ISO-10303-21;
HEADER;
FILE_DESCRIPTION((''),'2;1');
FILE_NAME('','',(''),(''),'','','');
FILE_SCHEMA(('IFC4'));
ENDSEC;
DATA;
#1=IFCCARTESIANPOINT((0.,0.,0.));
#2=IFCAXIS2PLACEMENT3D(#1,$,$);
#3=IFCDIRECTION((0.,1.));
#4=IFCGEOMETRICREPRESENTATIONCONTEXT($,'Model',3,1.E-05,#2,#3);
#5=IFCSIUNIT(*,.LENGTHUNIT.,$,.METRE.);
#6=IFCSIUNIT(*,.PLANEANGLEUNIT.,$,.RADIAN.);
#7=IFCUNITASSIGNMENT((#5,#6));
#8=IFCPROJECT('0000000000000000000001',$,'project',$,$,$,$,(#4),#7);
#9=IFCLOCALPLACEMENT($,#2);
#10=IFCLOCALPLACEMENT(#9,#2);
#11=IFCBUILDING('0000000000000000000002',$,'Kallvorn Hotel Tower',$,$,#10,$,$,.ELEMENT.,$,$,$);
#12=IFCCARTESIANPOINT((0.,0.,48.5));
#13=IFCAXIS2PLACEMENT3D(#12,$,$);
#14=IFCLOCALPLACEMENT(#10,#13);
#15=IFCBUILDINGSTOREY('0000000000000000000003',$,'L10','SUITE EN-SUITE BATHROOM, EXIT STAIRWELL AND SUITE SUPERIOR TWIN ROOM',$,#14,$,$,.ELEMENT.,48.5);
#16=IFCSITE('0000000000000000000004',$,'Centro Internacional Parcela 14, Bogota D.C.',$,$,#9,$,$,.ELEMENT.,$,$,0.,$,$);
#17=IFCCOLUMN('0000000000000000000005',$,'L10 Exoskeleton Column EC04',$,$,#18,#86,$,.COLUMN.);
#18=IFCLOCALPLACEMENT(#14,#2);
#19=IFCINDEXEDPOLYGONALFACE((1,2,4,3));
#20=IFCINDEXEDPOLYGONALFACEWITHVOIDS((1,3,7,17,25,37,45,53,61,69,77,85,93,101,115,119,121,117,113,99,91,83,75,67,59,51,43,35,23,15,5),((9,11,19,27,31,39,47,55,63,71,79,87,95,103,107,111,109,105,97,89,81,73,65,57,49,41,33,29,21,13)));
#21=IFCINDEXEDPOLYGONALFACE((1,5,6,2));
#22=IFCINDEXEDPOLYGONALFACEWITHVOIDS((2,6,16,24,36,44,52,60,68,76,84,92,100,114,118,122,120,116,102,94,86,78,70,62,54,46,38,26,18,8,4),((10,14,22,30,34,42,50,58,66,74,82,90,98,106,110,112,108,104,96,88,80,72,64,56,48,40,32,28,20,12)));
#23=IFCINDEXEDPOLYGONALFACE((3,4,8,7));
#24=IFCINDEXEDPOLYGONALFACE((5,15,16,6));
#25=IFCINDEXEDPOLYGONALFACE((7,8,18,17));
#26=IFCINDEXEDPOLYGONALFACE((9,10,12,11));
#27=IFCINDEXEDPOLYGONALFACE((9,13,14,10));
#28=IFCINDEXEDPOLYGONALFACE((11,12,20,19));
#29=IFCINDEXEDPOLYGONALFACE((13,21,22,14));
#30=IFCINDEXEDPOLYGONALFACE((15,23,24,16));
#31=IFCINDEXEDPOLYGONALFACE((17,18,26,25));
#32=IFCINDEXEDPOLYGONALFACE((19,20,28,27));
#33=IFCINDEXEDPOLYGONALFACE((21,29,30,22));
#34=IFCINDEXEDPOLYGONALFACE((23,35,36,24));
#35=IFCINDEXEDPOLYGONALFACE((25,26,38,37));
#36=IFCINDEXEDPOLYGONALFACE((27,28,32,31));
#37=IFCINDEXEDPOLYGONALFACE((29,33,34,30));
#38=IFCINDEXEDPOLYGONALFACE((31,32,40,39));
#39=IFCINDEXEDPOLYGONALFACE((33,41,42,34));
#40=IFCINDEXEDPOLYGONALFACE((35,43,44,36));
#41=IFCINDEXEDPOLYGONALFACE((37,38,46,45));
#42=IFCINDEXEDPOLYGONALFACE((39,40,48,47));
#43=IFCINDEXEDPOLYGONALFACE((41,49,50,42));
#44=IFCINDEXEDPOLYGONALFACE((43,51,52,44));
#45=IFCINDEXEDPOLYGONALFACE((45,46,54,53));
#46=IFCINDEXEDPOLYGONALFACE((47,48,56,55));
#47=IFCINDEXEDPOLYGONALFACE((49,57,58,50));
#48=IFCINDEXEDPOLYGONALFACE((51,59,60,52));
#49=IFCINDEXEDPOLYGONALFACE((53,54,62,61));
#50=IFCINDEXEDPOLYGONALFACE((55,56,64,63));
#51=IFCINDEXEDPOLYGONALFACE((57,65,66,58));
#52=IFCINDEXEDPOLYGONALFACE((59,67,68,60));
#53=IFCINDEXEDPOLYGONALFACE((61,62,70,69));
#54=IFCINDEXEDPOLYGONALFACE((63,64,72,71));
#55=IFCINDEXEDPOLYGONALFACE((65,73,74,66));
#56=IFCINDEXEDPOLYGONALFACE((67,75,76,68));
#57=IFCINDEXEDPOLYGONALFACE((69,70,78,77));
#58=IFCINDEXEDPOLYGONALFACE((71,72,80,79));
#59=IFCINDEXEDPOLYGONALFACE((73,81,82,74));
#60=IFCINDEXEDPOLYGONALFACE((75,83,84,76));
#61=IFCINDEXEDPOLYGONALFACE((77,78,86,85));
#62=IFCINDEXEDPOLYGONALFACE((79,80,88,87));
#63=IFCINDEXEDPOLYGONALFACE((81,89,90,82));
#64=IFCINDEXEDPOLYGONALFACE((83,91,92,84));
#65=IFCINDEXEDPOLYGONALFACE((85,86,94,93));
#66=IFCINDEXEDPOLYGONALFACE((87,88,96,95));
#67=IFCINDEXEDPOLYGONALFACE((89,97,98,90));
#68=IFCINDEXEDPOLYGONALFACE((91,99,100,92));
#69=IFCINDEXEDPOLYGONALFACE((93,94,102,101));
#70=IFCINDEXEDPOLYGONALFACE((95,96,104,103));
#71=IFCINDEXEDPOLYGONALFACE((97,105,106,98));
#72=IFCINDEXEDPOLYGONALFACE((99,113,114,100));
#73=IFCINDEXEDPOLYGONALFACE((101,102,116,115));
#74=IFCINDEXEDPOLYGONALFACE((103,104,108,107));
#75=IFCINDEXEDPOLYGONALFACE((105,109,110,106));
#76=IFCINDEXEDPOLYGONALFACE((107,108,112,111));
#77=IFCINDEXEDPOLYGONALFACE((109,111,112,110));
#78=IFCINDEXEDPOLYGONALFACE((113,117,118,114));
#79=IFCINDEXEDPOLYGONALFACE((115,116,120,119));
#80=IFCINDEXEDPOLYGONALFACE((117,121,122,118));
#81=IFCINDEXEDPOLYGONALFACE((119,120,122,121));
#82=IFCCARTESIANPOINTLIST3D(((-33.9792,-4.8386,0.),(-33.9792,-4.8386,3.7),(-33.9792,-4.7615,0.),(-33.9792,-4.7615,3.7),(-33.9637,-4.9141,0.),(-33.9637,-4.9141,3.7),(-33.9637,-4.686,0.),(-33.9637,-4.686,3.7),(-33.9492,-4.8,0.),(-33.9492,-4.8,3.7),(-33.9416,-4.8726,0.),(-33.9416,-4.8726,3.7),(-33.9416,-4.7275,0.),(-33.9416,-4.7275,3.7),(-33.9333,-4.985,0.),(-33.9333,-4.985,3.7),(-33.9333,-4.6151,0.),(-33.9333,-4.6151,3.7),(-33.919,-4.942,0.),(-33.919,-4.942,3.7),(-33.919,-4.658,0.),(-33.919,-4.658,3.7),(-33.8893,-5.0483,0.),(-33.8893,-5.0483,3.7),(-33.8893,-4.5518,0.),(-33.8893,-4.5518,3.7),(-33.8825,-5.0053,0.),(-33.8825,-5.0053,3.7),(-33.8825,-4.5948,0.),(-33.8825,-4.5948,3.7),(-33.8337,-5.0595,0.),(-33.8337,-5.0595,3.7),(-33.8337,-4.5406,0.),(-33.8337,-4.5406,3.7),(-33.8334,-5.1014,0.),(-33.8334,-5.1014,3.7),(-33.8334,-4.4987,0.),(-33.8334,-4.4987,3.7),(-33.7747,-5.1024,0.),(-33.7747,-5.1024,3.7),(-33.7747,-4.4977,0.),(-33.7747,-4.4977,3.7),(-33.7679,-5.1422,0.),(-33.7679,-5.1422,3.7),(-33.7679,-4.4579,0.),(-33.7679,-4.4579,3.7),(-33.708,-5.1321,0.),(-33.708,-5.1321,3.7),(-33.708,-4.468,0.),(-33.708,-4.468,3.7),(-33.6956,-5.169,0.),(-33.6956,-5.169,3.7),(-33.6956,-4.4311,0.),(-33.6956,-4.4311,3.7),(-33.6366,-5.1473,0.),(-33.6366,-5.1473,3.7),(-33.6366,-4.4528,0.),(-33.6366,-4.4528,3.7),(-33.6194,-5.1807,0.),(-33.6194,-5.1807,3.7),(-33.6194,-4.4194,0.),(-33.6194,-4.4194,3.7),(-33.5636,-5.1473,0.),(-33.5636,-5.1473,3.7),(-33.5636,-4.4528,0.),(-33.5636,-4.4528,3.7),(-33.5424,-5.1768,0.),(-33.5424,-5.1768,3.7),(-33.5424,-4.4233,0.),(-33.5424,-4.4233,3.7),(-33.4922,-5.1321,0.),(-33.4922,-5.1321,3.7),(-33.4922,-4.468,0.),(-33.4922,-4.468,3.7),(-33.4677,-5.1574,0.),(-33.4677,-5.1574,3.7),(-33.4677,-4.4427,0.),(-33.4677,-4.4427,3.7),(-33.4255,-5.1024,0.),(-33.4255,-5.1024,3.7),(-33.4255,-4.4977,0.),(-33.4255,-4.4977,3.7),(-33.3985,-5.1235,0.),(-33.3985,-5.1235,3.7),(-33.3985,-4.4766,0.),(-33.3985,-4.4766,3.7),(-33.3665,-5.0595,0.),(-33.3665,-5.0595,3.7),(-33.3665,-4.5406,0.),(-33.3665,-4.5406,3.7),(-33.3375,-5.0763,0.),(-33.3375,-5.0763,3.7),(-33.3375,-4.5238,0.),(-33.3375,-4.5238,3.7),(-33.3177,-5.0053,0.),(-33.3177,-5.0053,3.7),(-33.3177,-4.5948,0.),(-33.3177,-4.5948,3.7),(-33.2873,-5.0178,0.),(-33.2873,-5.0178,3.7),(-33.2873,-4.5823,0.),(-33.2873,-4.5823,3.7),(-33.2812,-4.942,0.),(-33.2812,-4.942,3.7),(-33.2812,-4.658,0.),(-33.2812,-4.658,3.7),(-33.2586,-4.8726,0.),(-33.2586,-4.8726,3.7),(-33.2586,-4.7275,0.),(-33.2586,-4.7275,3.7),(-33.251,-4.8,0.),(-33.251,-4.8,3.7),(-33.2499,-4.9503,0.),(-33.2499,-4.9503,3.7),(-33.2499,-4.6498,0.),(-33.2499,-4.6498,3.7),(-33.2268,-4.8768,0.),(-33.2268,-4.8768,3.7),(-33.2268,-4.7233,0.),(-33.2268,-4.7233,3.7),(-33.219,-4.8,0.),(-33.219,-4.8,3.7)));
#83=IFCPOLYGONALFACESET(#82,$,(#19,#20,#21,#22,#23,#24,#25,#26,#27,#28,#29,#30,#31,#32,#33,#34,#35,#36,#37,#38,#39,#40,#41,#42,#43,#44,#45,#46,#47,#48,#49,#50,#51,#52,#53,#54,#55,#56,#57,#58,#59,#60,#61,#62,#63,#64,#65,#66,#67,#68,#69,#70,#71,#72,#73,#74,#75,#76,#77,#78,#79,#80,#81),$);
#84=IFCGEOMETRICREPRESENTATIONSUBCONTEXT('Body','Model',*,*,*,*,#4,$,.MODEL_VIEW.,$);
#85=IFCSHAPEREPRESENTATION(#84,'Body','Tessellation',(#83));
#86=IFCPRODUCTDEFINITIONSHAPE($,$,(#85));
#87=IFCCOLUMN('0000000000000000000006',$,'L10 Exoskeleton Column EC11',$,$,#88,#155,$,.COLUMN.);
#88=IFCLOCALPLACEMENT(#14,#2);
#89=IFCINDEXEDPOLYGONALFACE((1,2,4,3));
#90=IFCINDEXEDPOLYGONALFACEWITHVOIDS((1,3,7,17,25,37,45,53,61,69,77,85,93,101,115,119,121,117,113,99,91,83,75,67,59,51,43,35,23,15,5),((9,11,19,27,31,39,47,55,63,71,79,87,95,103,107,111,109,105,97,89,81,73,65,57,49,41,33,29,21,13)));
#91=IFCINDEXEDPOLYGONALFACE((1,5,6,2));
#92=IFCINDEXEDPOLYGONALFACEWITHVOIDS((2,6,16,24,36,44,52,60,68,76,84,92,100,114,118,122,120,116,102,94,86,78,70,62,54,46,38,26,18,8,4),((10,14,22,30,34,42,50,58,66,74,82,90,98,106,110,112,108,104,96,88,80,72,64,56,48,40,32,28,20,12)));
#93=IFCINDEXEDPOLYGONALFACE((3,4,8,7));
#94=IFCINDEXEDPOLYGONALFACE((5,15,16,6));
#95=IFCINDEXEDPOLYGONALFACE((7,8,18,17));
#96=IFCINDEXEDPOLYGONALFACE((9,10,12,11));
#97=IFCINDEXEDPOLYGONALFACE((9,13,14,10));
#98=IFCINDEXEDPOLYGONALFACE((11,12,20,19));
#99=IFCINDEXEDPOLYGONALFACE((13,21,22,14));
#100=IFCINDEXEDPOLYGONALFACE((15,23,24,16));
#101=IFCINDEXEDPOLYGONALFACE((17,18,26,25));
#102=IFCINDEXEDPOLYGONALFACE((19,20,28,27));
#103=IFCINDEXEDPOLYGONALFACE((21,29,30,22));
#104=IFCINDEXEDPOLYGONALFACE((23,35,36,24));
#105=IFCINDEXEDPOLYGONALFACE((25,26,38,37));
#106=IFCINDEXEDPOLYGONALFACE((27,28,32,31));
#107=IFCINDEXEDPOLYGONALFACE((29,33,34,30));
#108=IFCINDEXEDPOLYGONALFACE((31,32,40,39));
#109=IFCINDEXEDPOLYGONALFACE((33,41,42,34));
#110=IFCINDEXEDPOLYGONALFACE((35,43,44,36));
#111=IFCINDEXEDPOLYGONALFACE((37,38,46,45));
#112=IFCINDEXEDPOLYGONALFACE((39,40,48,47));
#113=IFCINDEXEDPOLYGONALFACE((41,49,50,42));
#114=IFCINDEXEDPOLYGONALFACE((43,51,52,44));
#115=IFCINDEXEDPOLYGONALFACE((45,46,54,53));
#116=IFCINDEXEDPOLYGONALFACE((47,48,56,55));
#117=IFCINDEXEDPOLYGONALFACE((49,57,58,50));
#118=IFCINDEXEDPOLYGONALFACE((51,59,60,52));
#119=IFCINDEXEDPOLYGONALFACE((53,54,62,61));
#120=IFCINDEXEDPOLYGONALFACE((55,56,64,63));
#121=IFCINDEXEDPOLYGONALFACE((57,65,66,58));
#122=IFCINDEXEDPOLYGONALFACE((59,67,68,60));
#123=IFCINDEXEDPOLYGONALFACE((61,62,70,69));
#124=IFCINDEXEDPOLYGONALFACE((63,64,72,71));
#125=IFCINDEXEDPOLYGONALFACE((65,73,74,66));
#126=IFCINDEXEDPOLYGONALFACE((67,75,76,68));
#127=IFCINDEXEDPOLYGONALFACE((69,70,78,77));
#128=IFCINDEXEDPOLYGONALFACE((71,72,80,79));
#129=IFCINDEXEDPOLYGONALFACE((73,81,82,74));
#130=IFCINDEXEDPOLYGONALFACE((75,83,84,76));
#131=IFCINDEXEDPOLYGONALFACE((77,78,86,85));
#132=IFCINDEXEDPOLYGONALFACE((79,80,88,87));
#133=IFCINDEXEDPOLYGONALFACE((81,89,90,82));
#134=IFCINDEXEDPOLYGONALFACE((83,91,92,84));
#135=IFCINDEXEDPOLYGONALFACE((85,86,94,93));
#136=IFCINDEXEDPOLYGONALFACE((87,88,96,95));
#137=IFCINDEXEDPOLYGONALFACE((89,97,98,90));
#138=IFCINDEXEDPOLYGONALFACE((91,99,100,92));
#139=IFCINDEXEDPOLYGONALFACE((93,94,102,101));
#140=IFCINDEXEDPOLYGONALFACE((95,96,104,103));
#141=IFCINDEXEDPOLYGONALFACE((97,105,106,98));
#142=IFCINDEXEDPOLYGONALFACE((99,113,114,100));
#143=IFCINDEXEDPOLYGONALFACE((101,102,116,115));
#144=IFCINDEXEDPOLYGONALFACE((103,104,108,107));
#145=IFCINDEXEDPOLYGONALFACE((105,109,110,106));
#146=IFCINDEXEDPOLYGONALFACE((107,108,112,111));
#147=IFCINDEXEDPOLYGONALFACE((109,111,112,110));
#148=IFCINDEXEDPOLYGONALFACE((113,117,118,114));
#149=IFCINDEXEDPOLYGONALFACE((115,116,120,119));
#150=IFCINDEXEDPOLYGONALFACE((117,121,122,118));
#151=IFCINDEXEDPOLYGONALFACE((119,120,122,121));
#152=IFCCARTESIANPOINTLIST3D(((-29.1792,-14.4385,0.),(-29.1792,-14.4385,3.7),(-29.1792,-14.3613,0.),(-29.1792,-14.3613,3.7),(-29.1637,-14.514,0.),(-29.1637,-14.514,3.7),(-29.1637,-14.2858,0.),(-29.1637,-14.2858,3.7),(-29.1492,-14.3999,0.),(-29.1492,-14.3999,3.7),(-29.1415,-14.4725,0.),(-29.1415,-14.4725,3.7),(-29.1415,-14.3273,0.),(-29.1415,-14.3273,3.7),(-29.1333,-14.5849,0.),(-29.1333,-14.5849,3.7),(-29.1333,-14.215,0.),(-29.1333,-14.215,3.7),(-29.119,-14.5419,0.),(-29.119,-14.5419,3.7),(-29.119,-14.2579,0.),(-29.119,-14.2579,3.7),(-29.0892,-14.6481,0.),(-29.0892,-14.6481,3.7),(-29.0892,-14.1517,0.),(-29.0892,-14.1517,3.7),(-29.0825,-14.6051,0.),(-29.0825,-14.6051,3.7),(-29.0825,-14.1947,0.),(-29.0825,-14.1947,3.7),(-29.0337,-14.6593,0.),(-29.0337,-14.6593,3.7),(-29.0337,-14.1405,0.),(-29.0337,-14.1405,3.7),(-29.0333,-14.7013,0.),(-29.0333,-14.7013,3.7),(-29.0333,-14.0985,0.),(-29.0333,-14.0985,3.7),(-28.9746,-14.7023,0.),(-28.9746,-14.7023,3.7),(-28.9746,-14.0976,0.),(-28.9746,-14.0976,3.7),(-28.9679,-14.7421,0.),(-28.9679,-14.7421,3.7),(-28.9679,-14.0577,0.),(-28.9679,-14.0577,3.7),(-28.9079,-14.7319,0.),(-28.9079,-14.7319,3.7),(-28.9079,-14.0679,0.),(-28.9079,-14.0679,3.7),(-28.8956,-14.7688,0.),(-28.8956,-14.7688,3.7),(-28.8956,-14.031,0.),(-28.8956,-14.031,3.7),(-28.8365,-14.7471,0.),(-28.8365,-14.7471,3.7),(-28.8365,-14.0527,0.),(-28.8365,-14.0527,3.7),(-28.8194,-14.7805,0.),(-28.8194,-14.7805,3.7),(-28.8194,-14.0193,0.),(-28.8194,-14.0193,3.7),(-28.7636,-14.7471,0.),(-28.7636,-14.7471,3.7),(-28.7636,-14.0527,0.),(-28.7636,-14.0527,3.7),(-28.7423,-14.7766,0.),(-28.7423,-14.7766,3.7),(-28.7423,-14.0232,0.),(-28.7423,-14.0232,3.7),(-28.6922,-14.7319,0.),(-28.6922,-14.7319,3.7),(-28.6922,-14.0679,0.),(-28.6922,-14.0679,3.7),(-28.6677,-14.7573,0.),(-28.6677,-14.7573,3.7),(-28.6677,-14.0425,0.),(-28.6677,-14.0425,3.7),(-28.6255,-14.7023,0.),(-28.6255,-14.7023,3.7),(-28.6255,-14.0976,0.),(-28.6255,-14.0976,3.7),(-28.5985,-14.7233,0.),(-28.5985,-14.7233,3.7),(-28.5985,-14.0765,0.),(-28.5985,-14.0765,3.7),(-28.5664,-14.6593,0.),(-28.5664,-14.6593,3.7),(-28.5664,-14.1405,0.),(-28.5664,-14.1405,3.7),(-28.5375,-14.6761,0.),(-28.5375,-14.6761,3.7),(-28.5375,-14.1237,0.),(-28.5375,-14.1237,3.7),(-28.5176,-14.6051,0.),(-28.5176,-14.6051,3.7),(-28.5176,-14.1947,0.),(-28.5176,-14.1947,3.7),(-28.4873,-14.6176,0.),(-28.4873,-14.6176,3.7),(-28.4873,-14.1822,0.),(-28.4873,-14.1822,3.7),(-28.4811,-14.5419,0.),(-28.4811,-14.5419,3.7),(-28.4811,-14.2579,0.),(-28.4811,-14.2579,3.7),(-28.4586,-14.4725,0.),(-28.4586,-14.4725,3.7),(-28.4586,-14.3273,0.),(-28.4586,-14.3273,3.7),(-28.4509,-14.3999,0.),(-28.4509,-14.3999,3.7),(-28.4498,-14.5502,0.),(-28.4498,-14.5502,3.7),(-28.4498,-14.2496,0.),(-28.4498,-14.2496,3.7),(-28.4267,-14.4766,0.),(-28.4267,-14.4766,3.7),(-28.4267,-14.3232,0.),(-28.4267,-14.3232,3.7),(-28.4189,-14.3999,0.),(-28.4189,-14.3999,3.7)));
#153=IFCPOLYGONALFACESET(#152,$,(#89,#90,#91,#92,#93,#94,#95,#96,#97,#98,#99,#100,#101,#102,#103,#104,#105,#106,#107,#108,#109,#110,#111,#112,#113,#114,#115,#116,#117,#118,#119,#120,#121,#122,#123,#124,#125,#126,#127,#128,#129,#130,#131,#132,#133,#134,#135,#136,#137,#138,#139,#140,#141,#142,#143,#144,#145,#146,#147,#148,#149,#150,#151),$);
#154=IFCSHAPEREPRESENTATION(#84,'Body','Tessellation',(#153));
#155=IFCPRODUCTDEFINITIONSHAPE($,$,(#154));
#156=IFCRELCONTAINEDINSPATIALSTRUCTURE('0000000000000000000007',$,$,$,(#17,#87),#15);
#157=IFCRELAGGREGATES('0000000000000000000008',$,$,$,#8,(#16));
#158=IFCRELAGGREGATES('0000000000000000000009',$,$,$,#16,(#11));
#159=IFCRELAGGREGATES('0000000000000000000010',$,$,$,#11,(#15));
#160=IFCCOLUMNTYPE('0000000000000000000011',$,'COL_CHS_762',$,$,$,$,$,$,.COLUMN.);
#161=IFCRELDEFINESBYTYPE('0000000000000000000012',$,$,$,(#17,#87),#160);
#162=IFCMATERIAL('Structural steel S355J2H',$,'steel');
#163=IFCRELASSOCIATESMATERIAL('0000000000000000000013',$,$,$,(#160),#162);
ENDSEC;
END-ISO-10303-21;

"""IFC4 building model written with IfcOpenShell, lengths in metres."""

from ifc_helpers import new_model, si_unit, direction, frame, origin, origin_2d, place, context, subcontext, project, spatial, hollow_circle, extrude, material, material_profile, profile_set, type_object, element, save


model = new_model("IFC4")

# Units and contexts
model_context = context("Model", 3, precision=1e-05, world=origin(), true_north=direction((0.0, 1.0)))
body_context = subcontext(model_context, "Body", "Model", "MODEL_VIEW")
ifc_project = project(units=[si_unit("LENGTHUNIT", "METRE"), si_unit("PLANEANGLEUNIT", "RADIAN")], contexts=[model_context])

# Site, building, storey
site_placement = place(None, origin())
site = spatial("IfcSite", under=ifc_project, at=site_placement, Name="Centro Internacional Parcela 14, Bogota D.C.", CompositionType="ELEMENT", RefElevation=0.0)
building_placement = place(site_placement, origin())
building = spatial("IfcBuilding", under=site, at=building_placement, Name="Kallvorn Hotel Tower", CompositionType="ELEMENT")
storey_placement = place(building_placement, frame((0.0, 0.0, 48.5)))
storey = spatial("IfcBuildingStorey", under=building, at=storey_placement, Name="L10", Description="SUITE EN-SUITE BATHROOM, EXIT STAIRWELL AND SUITE SUPERIOR TWIN ROOM", CompositionType="ELEMENT", Elevation=48.5)

# Columns
ifc_material_1 = material(Name="Structural steel S355J2H", Category="steel")
ifc_material_profile_1 = material_profile(ifc_material_1, hollow_circle(Radius=0.3811, WallThickness=0.032, at=origin_2d()), Name="CHS 762x32")
ifc_profile_set_1 = profile_set([ifc_material_profile_1], Name="Structural steel S355J2H")
column_type = type_object("IfcColumnType", Name="COL_CHS_762", PredefinedType="COLUMN", material=ifc_profile_set_1)
for number, where, z_axis, x_axis, name in (
    (1, (-33.6001, -4.8, 0.0), (0.0, 0.0, 1.0), (1.0, 0.0, 0.0), "L10 Exoskeleton Column EC04"),
    (2, (-28.8, -14.3999, 0.0), (0.0, 0.0, 1.0), (1.0, 0.0, 0.0), "L10 Exoskeleton Column EC11"),
):
    element("IfcColumn", number, at=place(storey_placement, frame(where, z_axis=z_axis, x_axis=x_axis)), inside=storey, type_object=column_type, Name=name, PredefinedType="COLUMN", context=body_context, shape_type="SweptSolid", body=[
        extrude(hollow_circle(Radius=0.3811, WallThickness=0.032, at=origin_2d()), origin(), (0.0, 0.0, 1.0), 3.7),
    ])

save(model, "model.ifc")
